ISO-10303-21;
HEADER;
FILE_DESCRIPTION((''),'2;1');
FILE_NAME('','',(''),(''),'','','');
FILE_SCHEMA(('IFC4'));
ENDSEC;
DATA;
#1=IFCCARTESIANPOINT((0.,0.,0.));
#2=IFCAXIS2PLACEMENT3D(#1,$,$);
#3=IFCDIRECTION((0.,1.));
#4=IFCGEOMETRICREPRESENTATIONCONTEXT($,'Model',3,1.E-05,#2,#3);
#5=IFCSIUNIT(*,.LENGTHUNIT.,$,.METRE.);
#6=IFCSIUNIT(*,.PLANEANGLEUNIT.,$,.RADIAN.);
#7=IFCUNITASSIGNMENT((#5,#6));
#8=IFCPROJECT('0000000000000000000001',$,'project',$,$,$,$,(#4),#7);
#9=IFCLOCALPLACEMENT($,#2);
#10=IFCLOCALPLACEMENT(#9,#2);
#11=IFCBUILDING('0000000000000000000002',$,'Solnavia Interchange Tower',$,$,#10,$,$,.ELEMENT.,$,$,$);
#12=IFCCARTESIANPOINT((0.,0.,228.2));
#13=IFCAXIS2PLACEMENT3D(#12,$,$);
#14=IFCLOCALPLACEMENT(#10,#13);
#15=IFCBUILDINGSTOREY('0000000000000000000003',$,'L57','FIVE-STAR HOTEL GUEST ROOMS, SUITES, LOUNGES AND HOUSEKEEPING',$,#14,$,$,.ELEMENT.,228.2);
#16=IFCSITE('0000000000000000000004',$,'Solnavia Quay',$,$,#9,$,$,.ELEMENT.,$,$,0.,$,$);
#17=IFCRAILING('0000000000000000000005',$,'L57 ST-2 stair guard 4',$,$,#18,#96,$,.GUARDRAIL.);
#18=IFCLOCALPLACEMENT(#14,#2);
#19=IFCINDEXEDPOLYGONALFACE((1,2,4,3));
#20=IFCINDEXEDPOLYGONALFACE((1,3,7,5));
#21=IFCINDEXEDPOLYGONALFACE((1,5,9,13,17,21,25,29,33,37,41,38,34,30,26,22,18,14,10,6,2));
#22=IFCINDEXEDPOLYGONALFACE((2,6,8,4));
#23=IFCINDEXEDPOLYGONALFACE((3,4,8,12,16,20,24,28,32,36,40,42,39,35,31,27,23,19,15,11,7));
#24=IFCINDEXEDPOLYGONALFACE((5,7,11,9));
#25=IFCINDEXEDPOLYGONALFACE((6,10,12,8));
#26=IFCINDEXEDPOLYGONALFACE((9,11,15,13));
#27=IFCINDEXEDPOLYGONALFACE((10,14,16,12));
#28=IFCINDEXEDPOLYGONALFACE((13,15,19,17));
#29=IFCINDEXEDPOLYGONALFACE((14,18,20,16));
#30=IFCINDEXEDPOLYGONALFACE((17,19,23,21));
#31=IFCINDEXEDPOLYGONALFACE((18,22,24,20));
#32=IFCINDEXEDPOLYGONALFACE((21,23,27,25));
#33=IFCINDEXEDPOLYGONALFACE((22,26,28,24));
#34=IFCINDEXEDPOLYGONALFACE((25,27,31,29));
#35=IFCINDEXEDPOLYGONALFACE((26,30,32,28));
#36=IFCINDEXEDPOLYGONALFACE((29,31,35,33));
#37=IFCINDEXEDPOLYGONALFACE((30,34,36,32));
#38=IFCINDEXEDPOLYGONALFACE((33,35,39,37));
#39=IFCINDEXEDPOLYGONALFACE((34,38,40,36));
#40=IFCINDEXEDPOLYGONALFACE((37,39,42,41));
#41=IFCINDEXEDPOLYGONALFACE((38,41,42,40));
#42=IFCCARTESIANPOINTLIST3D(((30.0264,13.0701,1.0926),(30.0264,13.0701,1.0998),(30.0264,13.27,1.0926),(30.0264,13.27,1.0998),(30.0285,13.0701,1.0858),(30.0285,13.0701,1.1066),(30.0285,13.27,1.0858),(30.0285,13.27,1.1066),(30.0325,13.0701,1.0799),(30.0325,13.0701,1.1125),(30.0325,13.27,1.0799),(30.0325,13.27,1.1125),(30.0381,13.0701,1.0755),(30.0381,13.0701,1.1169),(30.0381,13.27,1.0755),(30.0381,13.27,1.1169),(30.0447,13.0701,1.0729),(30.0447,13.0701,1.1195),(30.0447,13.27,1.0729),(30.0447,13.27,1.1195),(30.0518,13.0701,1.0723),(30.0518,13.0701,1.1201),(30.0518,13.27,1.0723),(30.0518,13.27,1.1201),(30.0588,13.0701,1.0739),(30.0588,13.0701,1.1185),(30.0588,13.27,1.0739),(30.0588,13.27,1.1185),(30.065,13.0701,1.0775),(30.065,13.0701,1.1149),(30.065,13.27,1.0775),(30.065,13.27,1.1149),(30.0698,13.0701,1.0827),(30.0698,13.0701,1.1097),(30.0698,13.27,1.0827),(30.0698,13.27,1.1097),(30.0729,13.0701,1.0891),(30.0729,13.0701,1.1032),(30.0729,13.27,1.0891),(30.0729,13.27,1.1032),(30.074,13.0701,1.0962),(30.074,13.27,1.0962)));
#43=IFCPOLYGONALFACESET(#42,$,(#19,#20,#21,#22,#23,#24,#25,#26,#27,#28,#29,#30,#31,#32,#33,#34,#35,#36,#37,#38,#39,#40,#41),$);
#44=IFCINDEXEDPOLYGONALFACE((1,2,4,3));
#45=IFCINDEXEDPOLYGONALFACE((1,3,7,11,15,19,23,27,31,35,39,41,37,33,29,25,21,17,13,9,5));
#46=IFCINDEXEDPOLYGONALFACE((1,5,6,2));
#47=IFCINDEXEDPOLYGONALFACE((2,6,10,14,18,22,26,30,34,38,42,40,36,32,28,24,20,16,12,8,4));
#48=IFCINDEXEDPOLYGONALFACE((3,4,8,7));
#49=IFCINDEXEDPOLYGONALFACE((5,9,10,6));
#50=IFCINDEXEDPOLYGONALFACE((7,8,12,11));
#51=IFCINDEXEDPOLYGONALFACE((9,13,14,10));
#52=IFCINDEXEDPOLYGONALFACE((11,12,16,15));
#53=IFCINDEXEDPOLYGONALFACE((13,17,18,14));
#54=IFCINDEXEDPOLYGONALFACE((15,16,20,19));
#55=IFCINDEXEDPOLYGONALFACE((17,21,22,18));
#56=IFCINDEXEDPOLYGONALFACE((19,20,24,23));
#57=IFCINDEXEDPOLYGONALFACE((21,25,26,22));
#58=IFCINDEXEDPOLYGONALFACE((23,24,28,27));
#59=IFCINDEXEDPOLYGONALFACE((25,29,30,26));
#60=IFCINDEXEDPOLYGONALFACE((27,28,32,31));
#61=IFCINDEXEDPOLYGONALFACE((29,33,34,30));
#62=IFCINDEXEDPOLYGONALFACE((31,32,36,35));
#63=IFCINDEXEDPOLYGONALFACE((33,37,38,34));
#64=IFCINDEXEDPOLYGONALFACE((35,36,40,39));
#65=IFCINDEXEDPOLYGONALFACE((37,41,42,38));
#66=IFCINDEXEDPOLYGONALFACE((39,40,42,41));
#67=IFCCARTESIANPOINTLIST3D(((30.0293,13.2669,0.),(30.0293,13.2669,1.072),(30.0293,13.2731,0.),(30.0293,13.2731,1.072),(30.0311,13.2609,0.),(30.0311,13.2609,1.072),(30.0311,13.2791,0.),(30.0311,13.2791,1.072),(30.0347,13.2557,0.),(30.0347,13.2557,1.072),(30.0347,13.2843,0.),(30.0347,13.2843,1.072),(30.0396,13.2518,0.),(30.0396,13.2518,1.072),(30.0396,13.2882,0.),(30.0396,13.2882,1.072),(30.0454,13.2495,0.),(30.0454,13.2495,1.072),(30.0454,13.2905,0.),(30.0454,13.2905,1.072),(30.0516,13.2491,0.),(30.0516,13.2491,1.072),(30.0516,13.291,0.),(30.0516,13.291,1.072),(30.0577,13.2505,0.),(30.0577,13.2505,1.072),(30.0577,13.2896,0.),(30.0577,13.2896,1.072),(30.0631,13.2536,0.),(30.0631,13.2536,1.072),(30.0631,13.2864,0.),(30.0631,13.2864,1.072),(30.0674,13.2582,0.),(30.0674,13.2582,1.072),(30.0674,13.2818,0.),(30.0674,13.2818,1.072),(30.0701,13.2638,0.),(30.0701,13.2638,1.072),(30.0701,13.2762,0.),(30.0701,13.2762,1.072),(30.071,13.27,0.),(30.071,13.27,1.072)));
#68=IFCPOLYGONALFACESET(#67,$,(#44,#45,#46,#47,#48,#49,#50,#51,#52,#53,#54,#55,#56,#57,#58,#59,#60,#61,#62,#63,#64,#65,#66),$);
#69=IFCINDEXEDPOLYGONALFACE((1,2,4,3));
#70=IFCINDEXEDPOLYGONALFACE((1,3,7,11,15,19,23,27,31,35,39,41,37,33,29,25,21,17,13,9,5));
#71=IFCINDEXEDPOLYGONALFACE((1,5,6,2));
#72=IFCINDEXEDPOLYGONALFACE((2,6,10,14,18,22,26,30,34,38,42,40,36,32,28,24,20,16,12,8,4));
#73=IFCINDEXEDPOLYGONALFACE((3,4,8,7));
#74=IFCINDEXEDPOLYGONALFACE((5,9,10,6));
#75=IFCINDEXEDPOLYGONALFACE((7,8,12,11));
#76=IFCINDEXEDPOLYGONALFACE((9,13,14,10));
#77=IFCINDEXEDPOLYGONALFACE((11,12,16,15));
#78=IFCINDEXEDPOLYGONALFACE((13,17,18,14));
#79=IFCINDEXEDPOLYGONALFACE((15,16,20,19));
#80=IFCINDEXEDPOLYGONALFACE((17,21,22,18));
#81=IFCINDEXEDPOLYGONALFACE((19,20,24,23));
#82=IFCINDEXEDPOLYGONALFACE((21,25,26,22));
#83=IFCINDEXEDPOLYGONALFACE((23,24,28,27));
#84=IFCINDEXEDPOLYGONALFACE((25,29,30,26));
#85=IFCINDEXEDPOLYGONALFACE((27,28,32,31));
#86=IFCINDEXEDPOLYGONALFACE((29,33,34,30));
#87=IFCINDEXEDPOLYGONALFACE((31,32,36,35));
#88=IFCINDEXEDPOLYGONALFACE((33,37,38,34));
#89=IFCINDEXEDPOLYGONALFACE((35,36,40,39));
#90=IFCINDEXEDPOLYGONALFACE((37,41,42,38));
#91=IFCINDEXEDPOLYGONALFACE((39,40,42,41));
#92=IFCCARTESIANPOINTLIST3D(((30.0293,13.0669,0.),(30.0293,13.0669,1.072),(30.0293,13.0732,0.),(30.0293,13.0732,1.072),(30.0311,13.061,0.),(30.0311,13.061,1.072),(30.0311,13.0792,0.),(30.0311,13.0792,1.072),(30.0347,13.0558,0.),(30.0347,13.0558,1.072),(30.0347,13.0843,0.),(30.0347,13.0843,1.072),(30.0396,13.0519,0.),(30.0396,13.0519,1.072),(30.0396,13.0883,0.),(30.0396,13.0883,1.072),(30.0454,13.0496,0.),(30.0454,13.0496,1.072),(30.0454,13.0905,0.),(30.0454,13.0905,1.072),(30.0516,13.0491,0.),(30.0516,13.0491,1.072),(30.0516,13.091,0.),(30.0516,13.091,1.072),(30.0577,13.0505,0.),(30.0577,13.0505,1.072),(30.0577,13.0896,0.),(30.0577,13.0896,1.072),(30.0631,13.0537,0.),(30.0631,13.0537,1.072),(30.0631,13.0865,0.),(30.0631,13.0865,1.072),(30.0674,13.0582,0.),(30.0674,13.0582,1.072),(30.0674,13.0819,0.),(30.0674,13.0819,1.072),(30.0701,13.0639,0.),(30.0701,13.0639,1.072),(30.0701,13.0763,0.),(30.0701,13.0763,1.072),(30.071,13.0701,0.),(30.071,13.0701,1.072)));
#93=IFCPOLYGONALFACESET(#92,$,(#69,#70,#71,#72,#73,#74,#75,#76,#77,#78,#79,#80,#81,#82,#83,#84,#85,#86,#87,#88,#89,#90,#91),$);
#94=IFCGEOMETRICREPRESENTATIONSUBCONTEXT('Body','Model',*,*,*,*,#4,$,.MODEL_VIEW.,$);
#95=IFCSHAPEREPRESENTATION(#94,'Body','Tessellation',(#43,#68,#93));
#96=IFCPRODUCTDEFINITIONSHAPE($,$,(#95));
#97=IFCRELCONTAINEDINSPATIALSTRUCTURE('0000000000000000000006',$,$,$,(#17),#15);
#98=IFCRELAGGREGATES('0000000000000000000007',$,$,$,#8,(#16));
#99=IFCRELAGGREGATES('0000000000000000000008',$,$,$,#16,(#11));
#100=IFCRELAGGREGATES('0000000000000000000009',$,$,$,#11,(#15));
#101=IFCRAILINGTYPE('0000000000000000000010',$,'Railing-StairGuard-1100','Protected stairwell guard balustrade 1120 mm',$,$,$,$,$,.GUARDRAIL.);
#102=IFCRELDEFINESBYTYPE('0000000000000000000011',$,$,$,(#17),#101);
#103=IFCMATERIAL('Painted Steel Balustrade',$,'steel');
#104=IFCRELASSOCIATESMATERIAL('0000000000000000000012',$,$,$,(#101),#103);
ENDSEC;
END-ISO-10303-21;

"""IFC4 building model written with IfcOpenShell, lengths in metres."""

from ifc_helpers import new_model, si_unit, direction, frame, origin, origin_2d, place, context, subcontext, project, spatial, circle, extrude, material, type_object, element, save


model = new_model("IFC4")

# Units and contexts
model_context = context("Model", 3, precision=1e-05, world=origin(), true_north=direction((0.0, 1.0)))
body_context = subcontext(model_context, "Body", "Model", "MODEL_VIEW")
ifc_project = project(units=[si_unit("LENGTHUNIT", "METRE"), si_unit("PLANEANGLEUNIT", "RADIAN")], contexts=[model_context])

# Site, building, storey
site_placement = place(None, origin())
site = spatial("IfcSite", under=ifc_project, at=site_placement, Name="Solnavia Quay", CompositionType="ELEMENT", RefElevation=0.0)
building_placement = place(site_placement, origin())
building = spatial("IfcBuilding", under=site, at=building_placement, Name="Solnavia Interchange Tower", CompositionType="ELEMENT")
storey_placement = place(building_placement, frame((0.0, 0.0, 228.2)))
storey = spatial("IfcBuildingStorey", under=building, at=storey_placement, Name="L57", Description="FIVE-STAR HOTEL GUEST ROOMS, SUITES, LOUNGES AND HOUSEKEEPING", CompositionType="ELEMENT", Elevation=228.2)

# Railing
ifc_material_1 = material(Name="Painted Steel Balustrade", Category="steel")
railing_type_1 = type_object("IfcRailingType", Name="Railing-StairGuard-1100", Description="Protected stairwell guard balustrade 1120 mm", PredefinedType="GUARDRAIL", material=ifc_material_1)
railing_1_placement = place(storey_placement, frame((30.05, 13.27, 0.0)))
element("IfcRailing", 1, at=railing_1_placement, inside=storey, type_object=railing_type_1, Name="L57 ST-2 stair guard 4", PredefinedType="GUARDRAIL", context=body_context, shape_type="SweptSolid", body=[
    extrude(circle(Radius=0.0239, at=origin_2d()), frame((0.0, 0.0, 1.0962), z_axis=(0.0, -1.0, 0.0), x_axis=(1.0, 0.0, 0.0)), (0.0, 0.0, 1.0), 0.2),
    extrude(circle(Radius=0.021, at=origin_2d()), origin(), (0.0, 0.0, 1.0), 1.072),
    extrude(circle(Radius=0.021, at=origin_2d()), frame((0.0, -0.2, 0.0)), (0.0, 0.0, 1.0), 1.072),
])

save(model, "model.ifc")
